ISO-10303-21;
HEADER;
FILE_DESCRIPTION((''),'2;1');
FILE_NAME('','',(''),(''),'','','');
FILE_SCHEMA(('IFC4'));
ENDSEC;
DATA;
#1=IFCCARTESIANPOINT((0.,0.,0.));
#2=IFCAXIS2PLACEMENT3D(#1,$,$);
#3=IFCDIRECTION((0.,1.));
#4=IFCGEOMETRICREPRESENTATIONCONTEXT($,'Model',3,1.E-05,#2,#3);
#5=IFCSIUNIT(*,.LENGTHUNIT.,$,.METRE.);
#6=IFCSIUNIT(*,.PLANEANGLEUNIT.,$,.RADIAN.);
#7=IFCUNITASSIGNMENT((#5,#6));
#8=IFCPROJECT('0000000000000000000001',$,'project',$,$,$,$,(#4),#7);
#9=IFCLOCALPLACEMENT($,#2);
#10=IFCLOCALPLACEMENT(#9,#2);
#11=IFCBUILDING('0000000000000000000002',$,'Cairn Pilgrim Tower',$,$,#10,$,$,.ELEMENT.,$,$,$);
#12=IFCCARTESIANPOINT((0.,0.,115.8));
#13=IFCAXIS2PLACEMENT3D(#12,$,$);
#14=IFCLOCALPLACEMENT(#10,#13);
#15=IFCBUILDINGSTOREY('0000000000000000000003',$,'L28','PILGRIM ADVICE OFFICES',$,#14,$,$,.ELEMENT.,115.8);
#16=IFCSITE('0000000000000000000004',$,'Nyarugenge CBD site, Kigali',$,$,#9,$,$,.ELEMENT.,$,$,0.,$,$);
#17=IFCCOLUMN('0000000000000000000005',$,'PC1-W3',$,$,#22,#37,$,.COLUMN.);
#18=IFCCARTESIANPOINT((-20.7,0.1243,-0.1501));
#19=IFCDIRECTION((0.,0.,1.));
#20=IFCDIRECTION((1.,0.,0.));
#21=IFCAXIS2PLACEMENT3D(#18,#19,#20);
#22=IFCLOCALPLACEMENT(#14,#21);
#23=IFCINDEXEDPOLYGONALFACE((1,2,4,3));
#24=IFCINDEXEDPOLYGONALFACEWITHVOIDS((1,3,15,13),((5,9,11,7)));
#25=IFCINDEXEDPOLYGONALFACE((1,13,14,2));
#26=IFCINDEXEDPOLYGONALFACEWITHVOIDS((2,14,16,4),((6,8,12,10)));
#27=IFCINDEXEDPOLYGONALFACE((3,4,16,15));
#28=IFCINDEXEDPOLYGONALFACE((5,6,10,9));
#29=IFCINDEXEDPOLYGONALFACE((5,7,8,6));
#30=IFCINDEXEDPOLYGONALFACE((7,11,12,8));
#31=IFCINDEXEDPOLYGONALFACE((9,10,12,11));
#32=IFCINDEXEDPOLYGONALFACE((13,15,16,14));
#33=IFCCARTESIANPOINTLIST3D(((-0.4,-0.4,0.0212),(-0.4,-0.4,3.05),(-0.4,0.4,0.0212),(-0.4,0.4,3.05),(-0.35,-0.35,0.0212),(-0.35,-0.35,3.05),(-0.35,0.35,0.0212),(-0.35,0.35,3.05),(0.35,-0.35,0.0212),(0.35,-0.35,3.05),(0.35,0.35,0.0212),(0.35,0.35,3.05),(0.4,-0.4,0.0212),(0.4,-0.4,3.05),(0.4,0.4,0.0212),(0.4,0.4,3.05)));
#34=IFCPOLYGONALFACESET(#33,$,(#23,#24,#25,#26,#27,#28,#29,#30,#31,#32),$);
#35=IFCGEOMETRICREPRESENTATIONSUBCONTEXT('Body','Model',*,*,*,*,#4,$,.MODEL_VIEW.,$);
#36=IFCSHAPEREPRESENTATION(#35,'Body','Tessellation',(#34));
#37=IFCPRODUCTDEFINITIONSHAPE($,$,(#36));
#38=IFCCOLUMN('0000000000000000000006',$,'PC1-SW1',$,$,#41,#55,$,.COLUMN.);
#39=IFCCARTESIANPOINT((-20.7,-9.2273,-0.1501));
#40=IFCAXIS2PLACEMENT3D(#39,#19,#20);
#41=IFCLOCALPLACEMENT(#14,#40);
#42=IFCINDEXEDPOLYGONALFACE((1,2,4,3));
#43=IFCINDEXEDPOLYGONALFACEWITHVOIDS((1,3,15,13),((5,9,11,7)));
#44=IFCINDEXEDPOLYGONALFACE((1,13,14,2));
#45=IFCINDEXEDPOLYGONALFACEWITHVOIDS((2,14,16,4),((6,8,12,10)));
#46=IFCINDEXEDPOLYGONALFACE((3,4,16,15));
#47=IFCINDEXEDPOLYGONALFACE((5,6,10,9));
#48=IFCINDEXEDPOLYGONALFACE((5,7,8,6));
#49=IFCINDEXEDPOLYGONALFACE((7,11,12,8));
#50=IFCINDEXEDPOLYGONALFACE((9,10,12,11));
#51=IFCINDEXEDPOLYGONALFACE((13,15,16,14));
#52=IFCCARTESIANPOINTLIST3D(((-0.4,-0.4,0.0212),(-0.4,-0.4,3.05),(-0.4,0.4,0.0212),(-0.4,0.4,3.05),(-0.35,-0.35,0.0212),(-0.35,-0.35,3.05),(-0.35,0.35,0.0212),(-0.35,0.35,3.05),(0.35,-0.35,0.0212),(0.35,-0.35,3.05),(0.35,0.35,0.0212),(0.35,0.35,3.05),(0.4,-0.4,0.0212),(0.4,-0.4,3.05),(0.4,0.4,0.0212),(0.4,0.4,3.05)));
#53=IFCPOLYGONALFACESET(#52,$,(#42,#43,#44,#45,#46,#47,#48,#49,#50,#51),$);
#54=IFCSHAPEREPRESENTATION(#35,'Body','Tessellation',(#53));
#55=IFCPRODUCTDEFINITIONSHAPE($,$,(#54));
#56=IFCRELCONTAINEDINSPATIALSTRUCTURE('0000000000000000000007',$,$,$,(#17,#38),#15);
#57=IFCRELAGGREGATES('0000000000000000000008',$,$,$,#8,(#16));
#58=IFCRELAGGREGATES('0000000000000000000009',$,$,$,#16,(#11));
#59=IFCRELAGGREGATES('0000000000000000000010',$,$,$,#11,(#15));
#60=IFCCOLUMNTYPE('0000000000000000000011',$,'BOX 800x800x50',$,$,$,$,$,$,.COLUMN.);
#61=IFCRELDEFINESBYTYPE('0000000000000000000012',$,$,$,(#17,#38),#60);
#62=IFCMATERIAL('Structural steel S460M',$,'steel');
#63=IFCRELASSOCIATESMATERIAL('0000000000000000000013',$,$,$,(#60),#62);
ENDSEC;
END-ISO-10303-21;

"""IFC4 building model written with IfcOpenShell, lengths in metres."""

from ifc_helpers import new_model, si_unit, direction, frame, origin, origin_2d, place, context, subcontext, project, spatial, hollow_rectangle, extrude, clip, halfspace, material, material_profile, profile_set, type_object, element, save


model = new_model("IFC4")

# Units and contexts
model_context = context("Model", 3, precision=1e-05, world=origin(), true_north=direction((0.0, 1.0)))
body_context = subcontext(model_context, "Body", "Model", "MODEL_VIEW")
ifc_project = project(units=[si_unit("LENGTHUNIT", "METRE"), si_unit("PLANEANGLEUNIT", "RADIAN")], contexts=[model_context])

# Site, building, storey
site_placement = place(None, origin())
site = spatial("IfcSite", under=ifc_project, at=site_placement, Name="Nyarugenge CBD site, Kigali", CompositionType="ELEMENT", RefElevation=0.0)
building_placement = place(site_placement, origin())
building = spatial("IfcBuilding", under=site, at=building_placement, Name="Cairn Pilgrim Tower", CompositionType="ELEMENT")
storey_placement = place(building_placement, frame((0.0, 0.0, 115.8)))
storey = spatial("IfcBuildingStorey", under=building, at=storey_placement, Name="L28", Description="PILGRIM ADVICE OFFICES", CompositionType="ELEMENT", Elevation=115.8)

# Columns
ifc_material_1 = material(Name="Structural steel S460M", Category="steel")
ifc_material_profile_1 = material_profile(ifc_material_1, hollow_rectangle(XDim=0.8, YDim=0.8, WallThickness=0.05, at=origin_2d()), Name="BOX 800x800x50")
ifc_profile_set_1 = profile_set([ifc_material_profile_1], Name="Structural steel S460M")
column_type_1 = type_object("IfcColumnType", Name="BOX 800x800x50", PredefinedType="COLUMN", material=ifc_profile_set_1)
for number, where, z_axis, x_axis, name in (
    (1, (-20.7, 0.1243, -0.1501), (0.0, 0.0, 1.0), (1.0, 0.0, 0.0), "PC1-W3"),
    (2, (-20.7, -9.2273, -0.1501), (0.0, 0.0, 1.0), (1.0, 0.0, 0.0), "PC1-SW1"),
):
    element("IfcColumn", number, at=place(storey_placement, frame(where, z_axis=z_axis, x_axis=x_axis)), inside=storey, type_object=column_type_1, Name=name, PredefinedType="COLUMN", context=body_context, shape_type="Clipping", body=[
        clip(clip(extrude(hollow_rectangle(XDim=0.8, YDim=0.8, WallThickness=0.05, at=origin_2d()), origin(), (0.0, 0.0, 1.0), 3.5), halfspace(frame((0.0, 0.0, 0.0212), z_axis=(0.0, 0.0, 1.0), x_axis=(1.0, 0.0, 0.0)), True)), halfspace(frame((0.0, 0.0, 3.05), z_axis=(0.0, 0.0, 1.0), x_axis=(1.0, 0.0, 0.0)), False)),
    ])

save(model, "model.ifc")
